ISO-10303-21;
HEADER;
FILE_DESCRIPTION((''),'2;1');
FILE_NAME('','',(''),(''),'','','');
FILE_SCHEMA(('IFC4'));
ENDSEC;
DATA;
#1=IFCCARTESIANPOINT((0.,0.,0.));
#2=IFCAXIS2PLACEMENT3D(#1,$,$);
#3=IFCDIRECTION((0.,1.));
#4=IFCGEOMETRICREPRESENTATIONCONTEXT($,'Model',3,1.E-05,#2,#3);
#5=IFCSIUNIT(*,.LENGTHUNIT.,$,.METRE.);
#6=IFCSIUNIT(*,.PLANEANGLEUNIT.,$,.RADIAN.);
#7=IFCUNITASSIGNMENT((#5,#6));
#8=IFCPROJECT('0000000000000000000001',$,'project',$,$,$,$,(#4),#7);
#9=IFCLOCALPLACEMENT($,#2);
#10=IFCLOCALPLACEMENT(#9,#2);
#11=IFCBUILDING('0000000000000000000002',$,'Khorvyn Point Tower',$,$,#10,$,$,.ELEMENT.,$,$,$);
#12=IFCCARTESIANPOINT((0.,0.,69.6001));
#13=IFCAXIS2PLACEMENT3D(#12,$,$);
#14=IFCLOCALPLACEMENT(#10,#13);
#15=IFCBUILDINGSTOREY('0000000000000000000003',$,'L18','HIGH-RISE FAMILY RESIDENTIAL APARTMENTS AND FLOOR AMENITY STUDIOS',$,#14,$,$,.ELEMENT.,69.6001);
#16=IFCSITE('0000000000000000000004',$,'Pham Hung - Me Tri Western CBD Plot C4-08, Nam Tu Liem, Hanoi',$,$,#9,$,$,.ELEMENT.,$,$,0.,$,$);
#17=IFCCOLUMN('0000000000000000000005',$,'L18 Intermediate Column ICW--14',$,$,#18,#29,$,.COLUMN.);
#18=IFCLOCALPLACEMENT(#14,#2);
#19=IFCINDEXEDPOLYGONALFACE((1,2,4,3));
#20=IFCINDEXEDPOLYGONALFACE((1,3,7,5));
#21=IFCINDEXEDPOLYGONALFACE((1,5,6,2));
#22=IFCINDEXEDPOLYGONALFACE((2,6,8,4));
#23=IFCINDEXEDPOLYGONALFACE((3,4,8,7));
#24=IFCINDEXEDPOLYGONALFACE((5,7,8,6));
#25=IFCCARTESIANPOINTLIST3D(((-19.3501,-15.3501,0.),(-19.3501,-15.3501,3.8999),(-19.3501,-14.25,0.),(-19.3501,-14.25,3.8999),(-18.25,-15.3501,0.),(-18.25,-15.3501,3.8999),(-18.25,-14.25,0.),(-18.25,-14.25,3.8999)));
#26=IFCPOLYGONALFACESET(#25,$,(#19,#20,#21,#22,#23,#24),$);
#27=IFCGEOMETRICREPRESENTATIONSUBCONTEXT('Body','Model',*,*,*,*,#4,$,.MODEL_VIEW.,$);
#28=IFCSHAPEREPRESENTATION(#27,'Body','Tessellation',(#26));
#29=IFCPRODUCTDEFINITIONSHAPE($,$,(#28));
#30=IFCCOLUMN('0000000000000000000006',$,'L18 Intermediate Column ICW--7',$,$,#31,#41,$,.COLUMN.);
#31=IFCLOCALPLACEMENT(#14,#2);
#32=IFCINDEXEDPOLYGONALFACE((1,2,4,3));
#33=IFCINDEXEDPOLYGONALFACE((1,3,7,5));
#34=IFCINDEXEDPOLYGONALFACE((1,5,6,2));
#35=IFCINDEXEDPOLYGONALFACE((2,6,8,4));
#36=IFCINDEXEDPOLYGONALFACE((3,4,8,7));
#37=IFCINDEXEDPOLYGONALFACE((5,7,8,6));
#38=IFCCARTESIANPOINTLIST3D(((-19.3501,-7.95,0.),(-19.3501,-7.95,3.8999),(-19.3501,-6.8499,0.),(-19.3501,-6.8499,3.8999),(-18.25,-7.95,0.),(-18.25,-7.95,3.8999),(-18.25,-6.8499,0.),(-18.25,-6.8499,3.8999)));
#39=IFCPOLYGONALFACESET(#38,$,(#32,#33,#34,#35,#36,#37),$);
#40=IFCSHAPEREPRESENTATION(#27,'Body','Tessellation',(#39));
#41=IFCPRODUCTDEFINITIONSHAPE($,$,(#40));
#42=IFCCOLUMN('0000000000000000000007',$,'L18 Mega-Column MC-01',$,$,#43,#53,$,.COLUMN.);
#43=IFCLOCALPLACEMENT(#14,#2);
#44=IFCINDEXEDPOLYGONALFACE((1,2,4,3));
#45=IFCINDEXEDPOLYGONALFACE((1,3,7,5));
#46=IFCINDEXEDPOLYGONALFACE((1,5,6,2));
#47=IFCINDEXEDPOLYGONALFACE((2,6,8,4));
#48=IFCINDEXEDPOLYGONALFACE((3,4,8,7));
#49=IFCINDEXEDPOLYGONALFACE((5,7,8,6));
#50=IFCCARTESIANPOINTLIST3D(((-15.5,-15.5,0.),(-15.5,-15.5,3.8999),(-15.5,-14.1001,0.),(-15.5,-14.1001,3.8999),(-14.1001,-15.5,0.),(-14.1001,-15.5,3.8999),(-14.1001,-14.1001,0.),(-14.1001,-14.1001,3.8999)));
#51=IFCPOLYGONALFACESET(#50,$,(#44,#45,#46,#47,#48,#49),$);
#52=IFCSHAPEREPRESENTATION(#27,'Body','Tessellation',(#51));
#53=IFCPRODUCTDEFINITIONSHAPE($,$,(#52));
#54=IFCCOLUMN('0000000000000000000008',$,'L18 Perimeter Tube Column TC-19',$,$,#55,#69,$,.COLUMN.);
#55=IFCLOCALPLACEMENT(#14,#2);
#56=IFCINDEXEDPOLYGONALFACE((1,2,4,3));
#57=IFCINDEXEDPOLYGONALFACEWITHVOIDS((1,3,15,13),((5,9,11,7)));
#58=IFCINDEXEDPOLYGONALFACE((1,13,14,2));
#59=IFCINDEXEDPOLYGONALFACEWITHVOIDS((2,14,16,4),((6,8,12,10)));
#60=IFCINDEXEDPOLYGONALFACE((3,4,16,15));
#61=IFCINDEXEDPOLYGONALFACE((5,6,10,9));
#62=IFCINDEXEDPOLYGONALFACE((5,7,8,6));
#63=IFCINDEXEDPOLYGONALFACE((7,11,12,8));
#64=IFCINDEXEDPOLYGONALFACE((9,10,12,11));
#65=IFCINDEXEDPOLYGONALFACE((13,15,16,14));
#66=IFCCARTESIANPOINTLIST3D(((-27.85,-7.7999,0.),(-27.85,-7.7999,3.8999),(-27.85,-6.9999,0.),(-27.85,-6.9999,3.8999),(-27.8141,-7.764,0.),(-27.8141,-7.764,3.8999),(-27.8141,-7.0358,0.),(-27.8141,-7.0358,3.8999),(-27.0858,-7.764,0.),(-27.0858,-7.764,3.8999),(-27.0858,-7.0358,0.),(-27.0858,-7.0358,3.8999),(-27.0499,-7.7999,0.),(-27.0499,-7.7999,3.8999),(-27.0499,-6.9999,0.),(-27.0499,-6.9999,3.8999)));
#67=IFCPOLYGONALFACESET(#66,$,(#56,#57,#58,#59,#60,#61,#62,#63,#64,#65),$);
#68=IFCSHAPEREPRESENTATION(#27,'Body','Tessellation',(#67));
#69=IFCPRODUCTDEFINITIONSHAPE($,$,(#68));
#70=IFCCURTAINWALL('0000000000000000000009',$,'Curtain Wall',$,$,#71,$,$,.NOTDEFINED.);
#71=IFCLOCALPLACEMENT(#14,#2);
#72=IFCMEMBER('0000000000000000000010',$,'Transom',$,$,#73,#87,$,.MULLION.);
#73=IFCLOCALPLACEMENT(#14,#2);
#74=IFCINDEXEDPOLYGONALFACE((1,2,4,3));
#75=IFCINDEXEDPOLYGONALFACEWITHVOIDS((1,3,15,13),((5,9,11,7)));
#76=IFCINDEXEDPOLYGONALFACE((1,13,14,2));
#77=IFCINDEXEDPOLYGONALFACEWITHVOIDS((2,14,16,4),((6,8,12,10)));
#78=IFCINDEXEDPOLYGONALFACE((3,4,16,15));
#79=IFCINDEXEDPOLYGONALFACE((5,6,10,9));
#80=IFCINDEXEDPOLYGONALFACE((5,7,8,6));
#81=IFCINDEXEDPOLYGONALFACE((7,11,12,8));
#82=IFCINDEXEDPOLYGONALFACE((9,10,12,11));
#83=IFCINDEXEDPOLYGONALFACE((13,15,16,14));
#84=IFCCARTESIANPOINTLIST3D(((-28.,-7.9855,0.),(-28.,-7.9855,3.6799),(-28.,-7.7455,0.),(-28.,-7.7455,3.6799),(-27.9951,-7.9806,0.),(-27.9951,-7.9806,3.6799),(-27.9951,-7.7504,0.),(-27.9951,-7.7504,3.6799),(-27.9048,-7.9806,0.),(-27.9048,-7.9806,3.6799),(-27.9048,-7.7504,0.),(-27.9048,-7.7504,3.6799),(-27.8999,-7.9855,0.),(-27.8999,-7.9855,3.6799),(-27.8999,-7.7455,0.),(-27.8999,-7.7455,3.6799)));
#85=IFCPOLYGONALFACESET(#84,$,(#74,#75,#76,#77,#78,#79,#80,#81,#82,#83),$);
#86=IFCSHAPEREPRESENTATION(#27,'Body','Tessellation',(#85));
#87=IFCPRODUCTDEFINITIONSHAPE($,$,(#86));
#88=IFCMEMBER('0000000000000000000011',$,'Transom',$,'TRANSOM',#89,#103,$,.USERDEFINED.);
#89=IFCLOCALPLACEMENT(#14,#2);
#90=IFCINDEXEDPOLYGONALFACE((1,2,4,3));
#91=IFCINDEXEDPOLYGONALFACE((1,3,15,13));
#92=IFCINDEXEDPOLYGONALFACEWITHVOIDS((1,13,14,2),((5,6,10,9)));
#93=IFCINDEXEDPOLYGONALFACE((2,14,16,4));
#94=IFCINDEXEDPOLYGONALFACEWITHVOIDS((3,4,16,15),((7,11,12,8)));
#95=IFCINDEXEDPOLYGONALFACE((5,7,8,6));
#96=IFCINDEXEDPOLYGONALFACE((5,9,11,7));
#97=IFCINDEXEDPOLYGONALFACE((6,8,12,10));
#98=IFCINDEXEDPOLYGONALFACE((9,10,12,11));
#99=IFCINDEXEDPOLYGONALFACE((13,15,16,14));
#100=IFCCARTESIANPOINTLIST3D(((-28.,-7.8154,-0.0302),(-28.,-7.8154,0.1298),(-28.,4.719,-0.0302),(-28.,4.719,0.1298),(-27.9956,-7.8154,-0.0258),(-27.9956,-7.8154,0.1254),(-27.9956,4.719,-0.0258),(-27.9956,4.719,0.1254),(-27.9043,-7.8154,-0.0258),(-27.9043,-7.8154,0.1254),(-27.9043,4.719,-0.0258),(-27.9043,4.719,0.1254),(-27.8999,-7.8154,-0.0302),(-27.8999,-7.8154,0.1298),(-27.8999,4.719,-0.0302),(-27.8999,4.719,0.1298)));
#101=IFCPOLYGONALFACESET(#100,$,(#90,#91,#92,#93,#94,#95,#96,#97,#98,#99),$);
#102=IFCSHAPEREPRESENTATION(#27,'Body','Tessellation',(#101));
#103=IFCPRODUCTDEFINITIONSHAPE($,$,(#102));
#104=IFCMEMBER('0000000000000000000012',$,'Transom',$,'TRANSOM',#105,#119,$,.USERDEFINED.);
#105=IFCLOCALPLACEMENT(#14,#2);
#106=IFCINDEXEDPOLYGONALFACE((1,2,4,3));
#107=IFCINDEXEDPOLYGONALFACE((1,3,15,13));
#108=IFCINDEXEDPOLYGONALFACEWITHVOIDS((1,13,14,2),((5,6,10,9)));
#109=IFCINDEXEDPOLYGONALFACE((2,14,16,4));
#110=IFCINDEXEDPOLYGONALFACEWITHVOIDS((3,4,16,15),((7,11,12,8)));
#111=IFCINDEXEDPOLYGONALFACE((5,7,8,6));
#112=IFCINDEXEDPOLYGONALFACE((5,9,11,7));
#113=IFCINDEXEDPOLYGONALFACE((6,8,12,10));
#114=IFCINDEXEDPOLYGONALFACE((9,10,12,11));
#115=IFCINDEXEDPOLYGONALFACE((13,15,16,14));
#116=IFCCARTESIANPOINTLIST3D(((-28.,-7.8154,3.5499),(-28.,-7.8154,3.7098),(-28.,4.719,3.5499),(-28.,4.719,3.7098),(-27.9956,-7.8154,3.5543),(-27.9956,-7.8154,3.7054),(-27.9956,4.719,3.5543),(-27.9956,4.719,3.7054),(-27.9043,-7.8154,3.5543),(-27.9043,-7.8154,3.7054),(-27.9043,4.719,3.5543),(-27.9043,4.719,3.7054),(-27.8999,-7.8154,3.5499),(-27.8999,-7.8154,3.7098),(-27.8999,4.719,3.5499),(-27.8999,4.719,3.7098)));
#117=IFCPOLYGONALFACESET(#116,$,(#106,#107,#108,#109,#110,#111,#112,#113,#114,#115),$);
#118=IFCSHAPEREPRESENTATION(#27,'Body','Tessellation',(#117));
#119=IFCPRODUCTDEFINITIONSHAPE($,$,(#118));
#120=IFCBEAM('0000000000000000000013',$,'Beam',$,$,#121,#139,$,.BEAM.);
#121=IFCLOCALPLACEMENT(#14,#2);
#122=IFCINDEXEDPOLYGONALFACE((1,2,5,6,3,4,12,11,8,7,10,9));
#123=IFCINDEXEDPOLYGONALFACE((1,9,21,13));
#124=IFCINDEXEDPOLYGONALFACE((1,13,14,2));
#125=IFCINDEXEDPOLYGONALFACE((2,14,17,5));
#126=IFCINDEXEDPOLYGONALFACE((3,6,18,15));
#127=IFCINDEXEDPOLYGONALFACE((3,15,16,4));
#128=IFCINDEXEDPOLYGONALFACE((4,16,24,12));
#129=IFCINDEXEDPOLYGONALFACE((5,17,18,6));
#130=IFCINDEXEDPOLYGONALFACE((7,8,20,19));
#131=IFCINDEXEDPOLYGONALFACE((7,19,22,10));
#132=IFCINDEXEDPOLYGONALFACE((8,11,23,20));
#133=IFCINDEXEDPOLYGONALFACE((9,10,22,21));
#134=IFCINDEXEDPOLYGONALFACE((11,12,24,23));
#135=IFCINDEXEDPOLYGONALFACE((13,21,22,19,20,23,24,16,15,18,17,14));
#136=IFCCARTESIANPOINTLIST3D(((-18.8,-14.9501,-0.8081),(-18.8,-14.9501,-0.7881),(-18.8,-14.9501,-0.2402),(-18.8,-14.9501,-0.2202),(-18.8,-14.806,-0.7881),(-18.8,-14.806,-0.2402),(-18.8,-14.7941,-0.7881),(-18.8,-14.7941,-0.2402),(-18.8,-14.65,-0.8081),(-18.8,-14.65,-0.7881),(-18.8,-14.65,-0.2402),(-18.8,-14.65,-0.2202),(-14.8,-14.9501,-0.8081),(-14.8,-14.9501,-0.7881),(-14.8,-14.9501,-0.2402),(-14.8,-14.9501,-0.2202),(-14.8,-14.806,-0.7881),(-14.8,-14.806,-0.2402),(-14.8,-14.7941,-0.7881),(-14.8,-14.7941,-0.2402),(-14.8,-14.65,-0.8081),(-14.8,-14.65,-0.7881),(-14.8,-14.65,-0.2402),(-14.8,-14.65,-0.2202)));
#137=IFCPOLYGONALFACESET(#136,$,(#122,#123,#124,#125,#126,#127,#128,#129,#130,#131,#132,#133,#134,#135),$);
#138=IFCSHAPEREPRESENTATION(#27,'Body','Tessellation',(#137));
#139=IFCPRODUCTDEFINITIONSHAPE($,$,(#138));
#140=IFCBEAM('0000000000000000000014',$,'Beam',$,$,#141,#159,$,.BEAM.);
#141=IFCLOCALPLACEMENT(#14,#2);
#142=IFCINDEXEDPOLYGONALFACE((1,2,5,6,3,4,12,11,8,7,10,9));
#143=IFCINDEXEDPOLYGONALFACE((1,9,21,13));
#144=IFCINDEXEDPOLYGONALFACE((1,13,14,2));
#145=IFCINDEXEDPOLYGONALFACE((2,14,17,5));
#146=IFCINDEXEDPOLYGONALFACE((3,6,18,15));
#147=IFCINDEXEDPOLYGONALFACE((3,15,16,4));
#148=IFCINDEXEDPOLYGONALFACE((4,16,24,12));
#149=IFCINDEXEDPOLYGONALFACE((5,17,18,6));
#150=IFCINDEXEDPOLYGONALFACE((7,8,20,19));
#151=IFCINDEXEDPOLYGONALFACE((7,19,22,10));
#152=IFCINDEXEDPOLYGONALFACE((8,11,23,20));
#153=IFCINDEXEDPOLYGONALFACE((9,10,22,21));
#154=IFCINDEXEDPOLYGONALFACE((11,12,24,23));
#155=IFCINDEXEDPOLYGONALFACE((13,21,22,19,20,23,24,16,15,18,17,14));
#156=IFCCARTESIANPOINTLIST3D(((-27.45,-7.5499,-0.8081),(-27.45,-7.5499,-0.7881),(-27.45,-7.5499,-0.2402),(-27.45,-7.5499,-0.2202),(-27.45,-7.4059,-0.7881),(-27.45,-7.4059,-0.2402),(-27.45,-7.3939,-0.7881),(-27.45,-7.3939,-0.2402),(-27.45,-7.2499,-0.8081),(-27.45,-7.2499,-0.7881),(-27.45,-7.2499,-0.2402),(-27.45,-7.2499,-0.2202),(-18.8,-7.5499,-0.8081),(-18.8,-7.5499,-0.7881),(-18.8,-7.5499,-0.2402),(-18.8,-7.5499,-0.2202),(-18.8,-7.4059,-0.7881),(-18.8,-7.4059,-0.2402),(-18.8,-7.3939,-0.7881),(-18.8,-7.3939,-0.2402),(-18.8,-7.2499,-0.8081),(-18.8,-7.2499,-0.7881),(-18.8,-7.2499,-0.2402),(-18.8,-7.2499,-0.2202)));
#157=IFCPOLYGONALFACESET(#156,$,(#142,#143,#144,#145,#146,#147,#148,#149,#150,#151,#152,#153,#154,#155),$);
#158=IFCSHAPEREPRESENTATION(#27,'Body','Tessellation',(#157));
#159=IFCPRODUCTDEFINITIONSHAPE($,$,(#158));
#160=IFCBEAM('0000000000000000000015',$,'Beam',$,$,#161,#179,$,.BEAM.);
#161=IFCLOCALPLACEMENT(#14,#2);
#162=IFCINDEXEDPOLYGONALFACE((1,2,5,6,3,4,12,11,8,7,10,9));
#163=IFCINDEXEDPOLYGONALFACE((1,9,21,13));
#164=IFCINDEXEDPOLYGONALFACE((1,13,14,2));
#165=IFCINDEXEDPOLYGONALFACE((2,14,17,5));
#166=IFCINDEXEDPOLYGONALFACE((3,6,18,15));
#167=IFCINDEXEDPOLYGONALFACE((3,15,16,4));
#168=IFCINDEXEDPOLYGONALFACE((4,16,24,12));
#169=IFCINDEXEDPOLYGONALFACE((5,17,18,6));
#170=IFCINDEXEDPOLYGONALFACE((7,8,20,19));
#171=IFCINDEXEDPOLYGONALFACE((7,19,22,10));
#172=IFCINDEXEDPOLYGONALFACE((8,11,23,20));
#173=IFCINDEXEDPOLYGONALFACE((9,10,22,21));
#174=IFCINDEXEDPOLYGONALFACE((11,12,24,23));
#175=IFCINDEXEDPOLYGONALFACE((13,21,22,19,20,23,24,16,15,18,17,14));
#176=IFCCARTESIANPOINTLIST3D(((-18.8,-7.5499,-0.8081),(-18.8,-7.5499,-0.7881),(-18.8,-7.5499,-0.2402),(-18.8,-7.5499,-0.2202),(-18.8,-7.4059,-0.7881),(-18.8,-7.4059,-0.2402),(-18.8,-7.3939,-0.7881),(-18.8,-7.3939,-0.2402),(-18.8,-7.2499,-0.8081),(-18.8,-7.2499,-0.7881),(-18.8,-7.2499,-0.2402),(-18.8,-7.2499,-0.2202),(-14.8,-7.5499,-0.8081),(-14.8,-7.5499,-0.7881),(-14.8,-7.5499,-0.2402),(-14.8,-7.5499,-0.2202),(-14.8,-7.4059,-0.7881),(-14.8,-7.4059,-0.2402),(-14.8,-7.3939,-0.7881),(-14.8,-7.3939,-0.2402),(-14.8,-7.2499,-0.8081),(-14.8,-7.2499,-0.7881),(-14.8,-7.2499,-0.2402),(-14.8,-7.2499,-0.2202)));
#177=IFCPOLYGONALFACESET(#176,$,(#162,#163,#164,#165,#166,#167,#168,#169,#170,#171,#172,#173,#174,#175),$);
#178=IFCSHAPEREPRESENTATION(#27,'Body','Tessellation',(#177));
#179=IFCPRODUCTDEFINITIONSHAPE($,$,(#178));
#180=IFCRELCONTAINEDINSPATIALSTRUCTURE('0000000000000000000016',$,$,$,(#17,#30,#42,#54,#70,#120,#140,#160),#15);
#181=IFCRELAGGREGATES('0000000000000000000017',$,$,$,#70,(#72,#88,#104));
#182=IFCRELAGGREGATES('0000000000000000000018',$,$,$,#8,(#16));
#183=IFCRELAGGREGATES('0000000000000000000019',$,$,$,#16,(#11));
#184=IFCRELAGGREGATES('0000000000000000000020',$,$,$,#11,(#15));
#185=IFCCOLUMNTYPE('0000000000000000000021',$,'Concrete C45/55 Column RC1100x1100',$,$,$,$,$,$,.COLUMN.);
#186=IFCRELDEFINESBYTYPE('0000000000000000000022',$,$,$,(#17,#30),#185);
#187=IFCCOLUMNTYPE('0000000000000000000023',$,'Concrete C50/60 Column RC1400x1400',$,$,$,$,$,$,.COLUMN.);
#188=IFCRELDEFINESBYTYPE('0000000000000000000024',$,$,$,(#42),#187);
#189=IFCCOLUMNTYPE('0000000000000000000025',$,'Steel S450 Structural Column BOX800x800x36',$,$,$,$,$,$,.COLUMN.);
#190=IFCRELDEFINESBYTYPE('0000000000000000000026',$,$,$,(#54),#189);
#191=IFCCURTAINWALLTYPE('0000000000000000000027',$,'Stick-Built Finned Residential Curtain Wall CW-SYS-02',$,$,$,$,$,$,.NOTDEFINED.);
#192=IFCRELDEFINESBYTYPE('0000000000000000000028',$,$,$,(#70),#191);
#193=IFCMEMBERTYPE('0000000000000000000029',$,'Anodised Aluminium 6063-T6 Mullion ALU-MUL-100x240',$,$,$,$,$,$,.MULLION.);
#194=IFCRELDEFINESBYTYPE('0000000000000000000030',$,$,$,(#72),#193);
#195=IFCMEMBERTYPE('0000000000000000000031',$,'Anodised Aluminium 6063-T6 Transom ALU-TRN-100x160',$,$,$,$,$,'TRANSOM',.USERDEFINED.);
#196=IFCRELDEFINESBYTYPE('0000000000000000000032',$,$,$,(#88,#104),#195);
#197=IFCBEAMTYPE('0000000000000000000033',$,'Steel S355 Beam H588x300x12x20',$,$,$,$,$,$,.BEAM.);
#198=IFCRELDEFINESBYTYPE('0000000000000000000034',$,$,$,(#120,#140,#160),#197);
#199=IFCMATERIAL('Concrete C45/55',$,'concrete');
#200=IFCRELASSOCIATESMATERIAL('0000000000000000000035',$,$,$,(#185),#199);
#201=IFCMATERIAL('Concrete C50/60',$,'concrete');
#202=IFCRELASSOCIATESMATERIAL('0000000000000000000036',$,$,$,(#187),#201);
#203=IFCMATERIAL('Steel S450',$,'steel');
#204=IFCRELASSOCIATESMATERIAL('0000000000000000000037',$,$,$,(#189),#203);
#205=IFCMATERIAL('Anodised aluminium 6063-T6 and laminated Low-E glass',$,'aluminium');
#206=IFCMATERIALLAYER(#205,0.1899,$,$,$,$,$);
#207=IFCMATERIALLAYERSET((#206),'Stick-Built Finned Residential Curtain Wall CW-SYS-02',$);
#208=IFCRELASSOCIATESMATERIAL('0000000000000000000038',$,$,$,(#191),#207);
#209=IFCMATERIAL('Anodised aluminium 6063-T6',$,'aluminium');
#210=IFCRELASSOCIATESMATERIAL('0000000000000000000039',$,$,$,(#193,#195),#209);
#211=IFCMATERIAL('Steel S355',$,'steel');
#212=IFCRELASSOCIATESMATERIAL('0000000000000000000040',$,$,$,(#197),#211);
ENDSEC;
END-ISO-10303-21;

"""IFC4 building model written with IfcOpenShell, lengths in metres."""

from ifc_helpers import new_model, si_unit, direction, frame, origin, origin_2d, place, context, subcontext, project, spatial, rectangle, hollow_rectangle, i_section, extrude, material, layer, layer_set, material_profile, profile_set, type_object, element, aggregate, save


model = new_model("IFC4")

# Units and contexts
model_context = context("Model", 3, precision=1e-05, world=origin(), true_north=direction((0.0, 1.0)))
body_context = subcontext(model_context, "Body", "Model", "MODEL_VIEW")
ifc_project = project(units=[si_unit("LENGTHUNIT", "METRE"), si_unit("PLANEANGLEUNIT", "RADIAN")], contexts=[model_context])

# Site, building, storey
site_placement = place(None, origin())
site = spatial("IfcSite", under=ifc_project, at=site_placement, Name="Pham Hung - Me Tri Western CBD Plot C4-08, Nam Tu Liem, Hanoi", CompositionType="ELEMENT", RefElevation=0.0)
building_placement = place(site_placement, origin())
building = spatial("IfcBuilding", under=site, at=building_placement, Name="Khorvyn Point Tower", CompositionType="ELEMENT")
storey_placement = place(building_placement, frame((0.0, 0.0, 69.6001)))
storey = spatial("IfcBuildingStorey", under=building, at=storey_placement, Name="L18", Description="HIGH-RISE FAMILY RESIDENTIAL APARTMENTS AND FLOOR AMENITY STUDIOS", CompositionType="ELEMENT", Elevation=69.6001)

# Columns
ifc_material_1 = material(Name="Concrete C45/55", Category="concrete")
ifc_material_profile_1 = material_profile(ifc_material_1, rectangle(XDim=1.1001, YDim=1.1001, at=origin_2d()))
ifc_profile_set_1 = profile_set([ifc_material_profile_1], Name="Concrete C45/55 RC1100x1100")
column_type_1 = type_object("IfcColumnType", Name="Concrete C45/55 Column RC1100x1100", PredefinedType="COLUMN", material=ifc_profile_set_1)
for number, where, z_axis, x_axis, name in (
    (1, (-18.8, -14.8, 0.0), (0.0, 0.0, 1.0), (1.0, 0.0, 0.0), "L18 Intermediate Column ICW--14"),
    (2, (-18.8, -7.3999, 0.0), (0.0, 0.0, 1.0), (1.0, 0.0, 0.0), "L18 Intermediate Column ICW--7"),
):
    element("IfcColumn", number, at=place(storey_placement, frame(where, z_axis=z_axis, x_axis=x_axis)), inside=storey, type_object=column_type_1, Name=name, PredefinedType="COLUMN", context=body_context, shape_type="SweptSolid", body=[
        extrude(rectangle(XDim=1.1001, YDim=1.1001, at=origin_2d()), origin(), (0.0, 0.0, 1.0), 3.8999),
    ])
ifc_material_2 = material(Name="Concrete C50/60", Category="concrete")
ifc_material_profile_2 = material_profile(ifc_material_2, rectangle(XDim=1.3999, YDim=1.3999, at=origin_2d()))
ifc_profile_set_2 = profile_set([ifc_material_profile_2], Name="Concrete C50/60 RC1400x1400")
column_type_2 = type_object("IfcColumnType", Name="Concrete C50/60 Column RC1400x1400", PredefinedType="COLUMN", material=ifc_profile_set_2)
column_1_placement = place(storey_placement, frame((-14.8, -14.8, 0.0), z_axis=(0.0, 0.0, 1.0), x_axis=(1.0, 0.0, 0.0)))
element("IfcColumn", 3, at=column_1_placement, inside=storey, type_object=column_type_2, Name="L18 Mega-Column MC-01", PredefinedType="COLUMN", context=body_context, shape_type="SweptSolid", body=[
    extrude(rectangle(XDim=1.3999, YDim=1.3999, at=origin_2d()), origin(), (0.0, 0.0, 1.0), 3.8999),
])
ifc_material_3 = material(Name="Steel S450", Category="steel")
ifc_material_profile_3 = material_profile(ifc_material_3, hollow_rectangle(XDim=0.8, YDim=0.8, WallThickness=0.0359, at=origin_2d()))
ifc_profile_set_3 = profile_set([ifc_material_profile_3], Name="Steel S450 BOX800x800x36")
column_type_3 = type_object("IfcColumnType", Name="Steel S450 Structural Column BOX800x800x36", PredefinedType="COLUMN", material=ifc_profile_set_3)
column_2_placement = place(storey_placement, frame((-27.45, -7.3999, 0.0), z_axis=(0.0, 0.0, 1.0), x_axis=(1.0, 0.0, 0.0)))
element("IfcColumn", 4, at=column_2_placement, inside=storey, type_object=column_type_3, Name="L18 Perimeter Tube Column TC-19", PredefinedType="COLUMN", context=body_context, shape_type="SweptSolid", body=[
    extrude(hollow_rectangle(XDim=0.8, YDim=0.8, WallThickness=0.0359, at=origin_2d()), origin(), (0.0, 0.0, 1.0), 3.8999),
])

# Curtain wall, members
ifc_material_4 = material(Name="Anodised aluminium 6063-T6 and laminated Low-E glass", Category="aluminium")
ifc_layer_1 = layer(ifc_material_4, 0.1899)
ifc_layer_set_1 = layer_set([ifc_layer_1], Name="Stick-Built Finned Residential Curtain Wall CW-SYS-02")
curtain_wall_type = type_object("IfcCurtainWallType", Name="Stick-Built Finned Residential Curtain Wall CW-SYS-02", PredefinedType="NOTDEFINED", material=ifc_layer_set_1)
curtain_wall_placement = place(storey_placement, origin())
curtain_wall = element("IfcCurtainWall", 5, at=curtain_wall_placement, inside=storey, type_object=curtain_wall_type, Name="Curtain Wall", PredefinedType="NOTDEFINED")
ifc_material_5 = material(Name="Anodised aluminium 6063-T6", Category="aluminium")
ifc_material_profile_4 = material_profile(ifc_material_5, hollow_rectangle(XDim=0.1001, YDim=0.24, WallThickness=0.0049, at=origin_2d()))
ifc_profile_set_4 = profile_set([ifc_material_profile_4], Name="Anodised aluminium 6063-T6 ALU-MUL-100x240")
member_type_1 = type_object("IfcMemberType", Name="Anodised Aluminium 6063-T6 Mullion ALU-MUL-100x240", PredefinedType="MULLION", material=ifc_profile_set_4)
member_1_placement = place(storey_placement, frame((-27.95, -7.8655, 0.0), z_axis=(0.0, 0.0, 1.0), x_axis=(-1.0, 0.0, 0.0)))
member_1 = element("IfcMember", 6, at=member_1_placement, type_object=member_type_1, Name="Transom", PredefinedType="MULLION", context=body_context, shape_type="SweptSolid", body=[
    extrude(hollow_rectangle(XDim=0.1001, YDim=0.24, WallThickness=0.0049, at=origin_2d()), origin(), (0.0, 0.0, 1.0), 3.6799),
])
ifc_material_profile_5 = material_profile(ifc_material_5, hollow_rectangle(XDim=0.1001, YDim=0.1599, WallThickness=0.0044, at=origin_2d()))
ifc_profile_set_5 = profile_set([ifc_material_profile_5], Name="Anodised aluminium 6063-T6 ALU-TRN-100x160")
member_type_2 = type_object("IfcMemberType", Name="Anodised Aluminium 6063-T6 Transom ALU-TRN-100x160", ElementType="TRANSOM", PredefinedType="USERDEFINED", material=ifc_profile_set_5)
member_2_placement = place(storey_placement, frame((-27.95, -7.8154, 0.0498), z_axis=(0.0, 1.0, 0.0), x_axis=(-1.0, 0.0, 0.0)))
member_2 = element("IfcMember", 7, at=member_2_placement, type_object=member_type_2, Name="Transom", ObjectType="TRANSOM", PredefinedType="USERDEFINED", context=body_context, shape_type="SweptSolid", body=[
    extrude(hollow_rectangle(XDim=0.1001, YDim=0.1599, WallThickness=0.0044, at=origin_2d()), origin(), (0.0, 0.0, 1.0), 12.5344),
])
member_3_placement = place(storey_placement, frame((-27.95, -7.8154, 3.6299), z_axis=(0.0, 1.0, 0.0), x_axis=(-1.0, 0.0, 0.0)))
member_3 = element("IfcMember", 8, at=member_3_placement, type_object=member_type_2, Name="Transom", ObjectType="TRANSOM", PredefinedType="USERDEFINED", context=body_context, shape_type="SweptSolid", body=[
    extrude(hollow_rectangle(XDim=0.1001, YDim=0.1599, WallThickness=0.0044, at=origin_2d()), origin(), (0.0, 0.0, 1.0), 12.5344),
])

# Beams
ifc_material_6 = material(Name="Steel S355", Category="steel")
ifc_material_profile_6 = material_profile(ifc_material_6, i_section(OverallWidth=0.3, OverallDepth=0.5879, WebThickness=0.012, FlangeThickness=0.02, at=origin_2d()))
ifc_profile_set_6 = profile_set([ifc_material_profile_6], Name="Steel S355 H588x300x12x20")
beam_type_1 = type_object("IfcBeamType", Name="Steel S355 Beam H588x300x12x20", PredefinedType="BEAM", material=ifc_profile_set_6)
beam_1_placement = place(storey_placement, frame((-18.8, -14.8, -0.5142), z_axis=(1.0, 0.0, 0.0), x_axis=(0.0, 1.0, 0.0)))
element("IfcBeam", 9, at=beam_1_placement, inside=storey, type_object=beam_type_1, Name="Beam", PredefinedType="BEAM", context=body_context, shape_type="SweptSolid", body=[
    extrude(i_section(OverallWidth=0.3, OverallDepth=0.5879, WebThickness=0.012, FlangeThickness=0.02, at=origin_2d()), origin(), (0.0, 0.0, 1.0), 4.0),
])
beam_2_placement = place(storey_placement, frame((-27.45, -7.3999, -0.5142), z_axis=(1.0, 0.0, 0.0), x_axis=(0.0, 1.0, 0.0)))
element("IfcBeam", 10, at=beam_2_placement, inside=storey, type_object=beam_type_1, Name="Beam", PredefinedType="BEAM", context=body_context, shape_type="SweptSolid", body=[
    extrude(i_section(OverallWidth=0.3, OverallDepth=0.5879, WebThickness=0.012, FlangeThickness=0.02, at=origin_2d()), origin(), (0.0, 0.0, 1.0), 8.6499),
])
beam_3_placement = place(storey_placement, frame((-18.8, -7.3999, -0.5142), z_axis=(1.0, 0.0, 0.0), x_axis=(0.0, 1.0, 0.0)))
element("IfcBeam", 11, at=beam_3_placement, inside=storey, type_object=beam_type_1, Name="Beam", PredefinedType="BEAM", context=body_context, shape_type="SweptSolid", body=[
    extrude(i_section(OverallWidth=0.3, OverallDepth=0.5879, WebThickness=0.012, FlangeThickness=0.02, at=origin_2d()), origin(), (0.0, 0.0, 1.0), 4.0),
])

aggregate(curtain_wall, [member_1, member_2, member_3])

save(model, "model.ifc")
